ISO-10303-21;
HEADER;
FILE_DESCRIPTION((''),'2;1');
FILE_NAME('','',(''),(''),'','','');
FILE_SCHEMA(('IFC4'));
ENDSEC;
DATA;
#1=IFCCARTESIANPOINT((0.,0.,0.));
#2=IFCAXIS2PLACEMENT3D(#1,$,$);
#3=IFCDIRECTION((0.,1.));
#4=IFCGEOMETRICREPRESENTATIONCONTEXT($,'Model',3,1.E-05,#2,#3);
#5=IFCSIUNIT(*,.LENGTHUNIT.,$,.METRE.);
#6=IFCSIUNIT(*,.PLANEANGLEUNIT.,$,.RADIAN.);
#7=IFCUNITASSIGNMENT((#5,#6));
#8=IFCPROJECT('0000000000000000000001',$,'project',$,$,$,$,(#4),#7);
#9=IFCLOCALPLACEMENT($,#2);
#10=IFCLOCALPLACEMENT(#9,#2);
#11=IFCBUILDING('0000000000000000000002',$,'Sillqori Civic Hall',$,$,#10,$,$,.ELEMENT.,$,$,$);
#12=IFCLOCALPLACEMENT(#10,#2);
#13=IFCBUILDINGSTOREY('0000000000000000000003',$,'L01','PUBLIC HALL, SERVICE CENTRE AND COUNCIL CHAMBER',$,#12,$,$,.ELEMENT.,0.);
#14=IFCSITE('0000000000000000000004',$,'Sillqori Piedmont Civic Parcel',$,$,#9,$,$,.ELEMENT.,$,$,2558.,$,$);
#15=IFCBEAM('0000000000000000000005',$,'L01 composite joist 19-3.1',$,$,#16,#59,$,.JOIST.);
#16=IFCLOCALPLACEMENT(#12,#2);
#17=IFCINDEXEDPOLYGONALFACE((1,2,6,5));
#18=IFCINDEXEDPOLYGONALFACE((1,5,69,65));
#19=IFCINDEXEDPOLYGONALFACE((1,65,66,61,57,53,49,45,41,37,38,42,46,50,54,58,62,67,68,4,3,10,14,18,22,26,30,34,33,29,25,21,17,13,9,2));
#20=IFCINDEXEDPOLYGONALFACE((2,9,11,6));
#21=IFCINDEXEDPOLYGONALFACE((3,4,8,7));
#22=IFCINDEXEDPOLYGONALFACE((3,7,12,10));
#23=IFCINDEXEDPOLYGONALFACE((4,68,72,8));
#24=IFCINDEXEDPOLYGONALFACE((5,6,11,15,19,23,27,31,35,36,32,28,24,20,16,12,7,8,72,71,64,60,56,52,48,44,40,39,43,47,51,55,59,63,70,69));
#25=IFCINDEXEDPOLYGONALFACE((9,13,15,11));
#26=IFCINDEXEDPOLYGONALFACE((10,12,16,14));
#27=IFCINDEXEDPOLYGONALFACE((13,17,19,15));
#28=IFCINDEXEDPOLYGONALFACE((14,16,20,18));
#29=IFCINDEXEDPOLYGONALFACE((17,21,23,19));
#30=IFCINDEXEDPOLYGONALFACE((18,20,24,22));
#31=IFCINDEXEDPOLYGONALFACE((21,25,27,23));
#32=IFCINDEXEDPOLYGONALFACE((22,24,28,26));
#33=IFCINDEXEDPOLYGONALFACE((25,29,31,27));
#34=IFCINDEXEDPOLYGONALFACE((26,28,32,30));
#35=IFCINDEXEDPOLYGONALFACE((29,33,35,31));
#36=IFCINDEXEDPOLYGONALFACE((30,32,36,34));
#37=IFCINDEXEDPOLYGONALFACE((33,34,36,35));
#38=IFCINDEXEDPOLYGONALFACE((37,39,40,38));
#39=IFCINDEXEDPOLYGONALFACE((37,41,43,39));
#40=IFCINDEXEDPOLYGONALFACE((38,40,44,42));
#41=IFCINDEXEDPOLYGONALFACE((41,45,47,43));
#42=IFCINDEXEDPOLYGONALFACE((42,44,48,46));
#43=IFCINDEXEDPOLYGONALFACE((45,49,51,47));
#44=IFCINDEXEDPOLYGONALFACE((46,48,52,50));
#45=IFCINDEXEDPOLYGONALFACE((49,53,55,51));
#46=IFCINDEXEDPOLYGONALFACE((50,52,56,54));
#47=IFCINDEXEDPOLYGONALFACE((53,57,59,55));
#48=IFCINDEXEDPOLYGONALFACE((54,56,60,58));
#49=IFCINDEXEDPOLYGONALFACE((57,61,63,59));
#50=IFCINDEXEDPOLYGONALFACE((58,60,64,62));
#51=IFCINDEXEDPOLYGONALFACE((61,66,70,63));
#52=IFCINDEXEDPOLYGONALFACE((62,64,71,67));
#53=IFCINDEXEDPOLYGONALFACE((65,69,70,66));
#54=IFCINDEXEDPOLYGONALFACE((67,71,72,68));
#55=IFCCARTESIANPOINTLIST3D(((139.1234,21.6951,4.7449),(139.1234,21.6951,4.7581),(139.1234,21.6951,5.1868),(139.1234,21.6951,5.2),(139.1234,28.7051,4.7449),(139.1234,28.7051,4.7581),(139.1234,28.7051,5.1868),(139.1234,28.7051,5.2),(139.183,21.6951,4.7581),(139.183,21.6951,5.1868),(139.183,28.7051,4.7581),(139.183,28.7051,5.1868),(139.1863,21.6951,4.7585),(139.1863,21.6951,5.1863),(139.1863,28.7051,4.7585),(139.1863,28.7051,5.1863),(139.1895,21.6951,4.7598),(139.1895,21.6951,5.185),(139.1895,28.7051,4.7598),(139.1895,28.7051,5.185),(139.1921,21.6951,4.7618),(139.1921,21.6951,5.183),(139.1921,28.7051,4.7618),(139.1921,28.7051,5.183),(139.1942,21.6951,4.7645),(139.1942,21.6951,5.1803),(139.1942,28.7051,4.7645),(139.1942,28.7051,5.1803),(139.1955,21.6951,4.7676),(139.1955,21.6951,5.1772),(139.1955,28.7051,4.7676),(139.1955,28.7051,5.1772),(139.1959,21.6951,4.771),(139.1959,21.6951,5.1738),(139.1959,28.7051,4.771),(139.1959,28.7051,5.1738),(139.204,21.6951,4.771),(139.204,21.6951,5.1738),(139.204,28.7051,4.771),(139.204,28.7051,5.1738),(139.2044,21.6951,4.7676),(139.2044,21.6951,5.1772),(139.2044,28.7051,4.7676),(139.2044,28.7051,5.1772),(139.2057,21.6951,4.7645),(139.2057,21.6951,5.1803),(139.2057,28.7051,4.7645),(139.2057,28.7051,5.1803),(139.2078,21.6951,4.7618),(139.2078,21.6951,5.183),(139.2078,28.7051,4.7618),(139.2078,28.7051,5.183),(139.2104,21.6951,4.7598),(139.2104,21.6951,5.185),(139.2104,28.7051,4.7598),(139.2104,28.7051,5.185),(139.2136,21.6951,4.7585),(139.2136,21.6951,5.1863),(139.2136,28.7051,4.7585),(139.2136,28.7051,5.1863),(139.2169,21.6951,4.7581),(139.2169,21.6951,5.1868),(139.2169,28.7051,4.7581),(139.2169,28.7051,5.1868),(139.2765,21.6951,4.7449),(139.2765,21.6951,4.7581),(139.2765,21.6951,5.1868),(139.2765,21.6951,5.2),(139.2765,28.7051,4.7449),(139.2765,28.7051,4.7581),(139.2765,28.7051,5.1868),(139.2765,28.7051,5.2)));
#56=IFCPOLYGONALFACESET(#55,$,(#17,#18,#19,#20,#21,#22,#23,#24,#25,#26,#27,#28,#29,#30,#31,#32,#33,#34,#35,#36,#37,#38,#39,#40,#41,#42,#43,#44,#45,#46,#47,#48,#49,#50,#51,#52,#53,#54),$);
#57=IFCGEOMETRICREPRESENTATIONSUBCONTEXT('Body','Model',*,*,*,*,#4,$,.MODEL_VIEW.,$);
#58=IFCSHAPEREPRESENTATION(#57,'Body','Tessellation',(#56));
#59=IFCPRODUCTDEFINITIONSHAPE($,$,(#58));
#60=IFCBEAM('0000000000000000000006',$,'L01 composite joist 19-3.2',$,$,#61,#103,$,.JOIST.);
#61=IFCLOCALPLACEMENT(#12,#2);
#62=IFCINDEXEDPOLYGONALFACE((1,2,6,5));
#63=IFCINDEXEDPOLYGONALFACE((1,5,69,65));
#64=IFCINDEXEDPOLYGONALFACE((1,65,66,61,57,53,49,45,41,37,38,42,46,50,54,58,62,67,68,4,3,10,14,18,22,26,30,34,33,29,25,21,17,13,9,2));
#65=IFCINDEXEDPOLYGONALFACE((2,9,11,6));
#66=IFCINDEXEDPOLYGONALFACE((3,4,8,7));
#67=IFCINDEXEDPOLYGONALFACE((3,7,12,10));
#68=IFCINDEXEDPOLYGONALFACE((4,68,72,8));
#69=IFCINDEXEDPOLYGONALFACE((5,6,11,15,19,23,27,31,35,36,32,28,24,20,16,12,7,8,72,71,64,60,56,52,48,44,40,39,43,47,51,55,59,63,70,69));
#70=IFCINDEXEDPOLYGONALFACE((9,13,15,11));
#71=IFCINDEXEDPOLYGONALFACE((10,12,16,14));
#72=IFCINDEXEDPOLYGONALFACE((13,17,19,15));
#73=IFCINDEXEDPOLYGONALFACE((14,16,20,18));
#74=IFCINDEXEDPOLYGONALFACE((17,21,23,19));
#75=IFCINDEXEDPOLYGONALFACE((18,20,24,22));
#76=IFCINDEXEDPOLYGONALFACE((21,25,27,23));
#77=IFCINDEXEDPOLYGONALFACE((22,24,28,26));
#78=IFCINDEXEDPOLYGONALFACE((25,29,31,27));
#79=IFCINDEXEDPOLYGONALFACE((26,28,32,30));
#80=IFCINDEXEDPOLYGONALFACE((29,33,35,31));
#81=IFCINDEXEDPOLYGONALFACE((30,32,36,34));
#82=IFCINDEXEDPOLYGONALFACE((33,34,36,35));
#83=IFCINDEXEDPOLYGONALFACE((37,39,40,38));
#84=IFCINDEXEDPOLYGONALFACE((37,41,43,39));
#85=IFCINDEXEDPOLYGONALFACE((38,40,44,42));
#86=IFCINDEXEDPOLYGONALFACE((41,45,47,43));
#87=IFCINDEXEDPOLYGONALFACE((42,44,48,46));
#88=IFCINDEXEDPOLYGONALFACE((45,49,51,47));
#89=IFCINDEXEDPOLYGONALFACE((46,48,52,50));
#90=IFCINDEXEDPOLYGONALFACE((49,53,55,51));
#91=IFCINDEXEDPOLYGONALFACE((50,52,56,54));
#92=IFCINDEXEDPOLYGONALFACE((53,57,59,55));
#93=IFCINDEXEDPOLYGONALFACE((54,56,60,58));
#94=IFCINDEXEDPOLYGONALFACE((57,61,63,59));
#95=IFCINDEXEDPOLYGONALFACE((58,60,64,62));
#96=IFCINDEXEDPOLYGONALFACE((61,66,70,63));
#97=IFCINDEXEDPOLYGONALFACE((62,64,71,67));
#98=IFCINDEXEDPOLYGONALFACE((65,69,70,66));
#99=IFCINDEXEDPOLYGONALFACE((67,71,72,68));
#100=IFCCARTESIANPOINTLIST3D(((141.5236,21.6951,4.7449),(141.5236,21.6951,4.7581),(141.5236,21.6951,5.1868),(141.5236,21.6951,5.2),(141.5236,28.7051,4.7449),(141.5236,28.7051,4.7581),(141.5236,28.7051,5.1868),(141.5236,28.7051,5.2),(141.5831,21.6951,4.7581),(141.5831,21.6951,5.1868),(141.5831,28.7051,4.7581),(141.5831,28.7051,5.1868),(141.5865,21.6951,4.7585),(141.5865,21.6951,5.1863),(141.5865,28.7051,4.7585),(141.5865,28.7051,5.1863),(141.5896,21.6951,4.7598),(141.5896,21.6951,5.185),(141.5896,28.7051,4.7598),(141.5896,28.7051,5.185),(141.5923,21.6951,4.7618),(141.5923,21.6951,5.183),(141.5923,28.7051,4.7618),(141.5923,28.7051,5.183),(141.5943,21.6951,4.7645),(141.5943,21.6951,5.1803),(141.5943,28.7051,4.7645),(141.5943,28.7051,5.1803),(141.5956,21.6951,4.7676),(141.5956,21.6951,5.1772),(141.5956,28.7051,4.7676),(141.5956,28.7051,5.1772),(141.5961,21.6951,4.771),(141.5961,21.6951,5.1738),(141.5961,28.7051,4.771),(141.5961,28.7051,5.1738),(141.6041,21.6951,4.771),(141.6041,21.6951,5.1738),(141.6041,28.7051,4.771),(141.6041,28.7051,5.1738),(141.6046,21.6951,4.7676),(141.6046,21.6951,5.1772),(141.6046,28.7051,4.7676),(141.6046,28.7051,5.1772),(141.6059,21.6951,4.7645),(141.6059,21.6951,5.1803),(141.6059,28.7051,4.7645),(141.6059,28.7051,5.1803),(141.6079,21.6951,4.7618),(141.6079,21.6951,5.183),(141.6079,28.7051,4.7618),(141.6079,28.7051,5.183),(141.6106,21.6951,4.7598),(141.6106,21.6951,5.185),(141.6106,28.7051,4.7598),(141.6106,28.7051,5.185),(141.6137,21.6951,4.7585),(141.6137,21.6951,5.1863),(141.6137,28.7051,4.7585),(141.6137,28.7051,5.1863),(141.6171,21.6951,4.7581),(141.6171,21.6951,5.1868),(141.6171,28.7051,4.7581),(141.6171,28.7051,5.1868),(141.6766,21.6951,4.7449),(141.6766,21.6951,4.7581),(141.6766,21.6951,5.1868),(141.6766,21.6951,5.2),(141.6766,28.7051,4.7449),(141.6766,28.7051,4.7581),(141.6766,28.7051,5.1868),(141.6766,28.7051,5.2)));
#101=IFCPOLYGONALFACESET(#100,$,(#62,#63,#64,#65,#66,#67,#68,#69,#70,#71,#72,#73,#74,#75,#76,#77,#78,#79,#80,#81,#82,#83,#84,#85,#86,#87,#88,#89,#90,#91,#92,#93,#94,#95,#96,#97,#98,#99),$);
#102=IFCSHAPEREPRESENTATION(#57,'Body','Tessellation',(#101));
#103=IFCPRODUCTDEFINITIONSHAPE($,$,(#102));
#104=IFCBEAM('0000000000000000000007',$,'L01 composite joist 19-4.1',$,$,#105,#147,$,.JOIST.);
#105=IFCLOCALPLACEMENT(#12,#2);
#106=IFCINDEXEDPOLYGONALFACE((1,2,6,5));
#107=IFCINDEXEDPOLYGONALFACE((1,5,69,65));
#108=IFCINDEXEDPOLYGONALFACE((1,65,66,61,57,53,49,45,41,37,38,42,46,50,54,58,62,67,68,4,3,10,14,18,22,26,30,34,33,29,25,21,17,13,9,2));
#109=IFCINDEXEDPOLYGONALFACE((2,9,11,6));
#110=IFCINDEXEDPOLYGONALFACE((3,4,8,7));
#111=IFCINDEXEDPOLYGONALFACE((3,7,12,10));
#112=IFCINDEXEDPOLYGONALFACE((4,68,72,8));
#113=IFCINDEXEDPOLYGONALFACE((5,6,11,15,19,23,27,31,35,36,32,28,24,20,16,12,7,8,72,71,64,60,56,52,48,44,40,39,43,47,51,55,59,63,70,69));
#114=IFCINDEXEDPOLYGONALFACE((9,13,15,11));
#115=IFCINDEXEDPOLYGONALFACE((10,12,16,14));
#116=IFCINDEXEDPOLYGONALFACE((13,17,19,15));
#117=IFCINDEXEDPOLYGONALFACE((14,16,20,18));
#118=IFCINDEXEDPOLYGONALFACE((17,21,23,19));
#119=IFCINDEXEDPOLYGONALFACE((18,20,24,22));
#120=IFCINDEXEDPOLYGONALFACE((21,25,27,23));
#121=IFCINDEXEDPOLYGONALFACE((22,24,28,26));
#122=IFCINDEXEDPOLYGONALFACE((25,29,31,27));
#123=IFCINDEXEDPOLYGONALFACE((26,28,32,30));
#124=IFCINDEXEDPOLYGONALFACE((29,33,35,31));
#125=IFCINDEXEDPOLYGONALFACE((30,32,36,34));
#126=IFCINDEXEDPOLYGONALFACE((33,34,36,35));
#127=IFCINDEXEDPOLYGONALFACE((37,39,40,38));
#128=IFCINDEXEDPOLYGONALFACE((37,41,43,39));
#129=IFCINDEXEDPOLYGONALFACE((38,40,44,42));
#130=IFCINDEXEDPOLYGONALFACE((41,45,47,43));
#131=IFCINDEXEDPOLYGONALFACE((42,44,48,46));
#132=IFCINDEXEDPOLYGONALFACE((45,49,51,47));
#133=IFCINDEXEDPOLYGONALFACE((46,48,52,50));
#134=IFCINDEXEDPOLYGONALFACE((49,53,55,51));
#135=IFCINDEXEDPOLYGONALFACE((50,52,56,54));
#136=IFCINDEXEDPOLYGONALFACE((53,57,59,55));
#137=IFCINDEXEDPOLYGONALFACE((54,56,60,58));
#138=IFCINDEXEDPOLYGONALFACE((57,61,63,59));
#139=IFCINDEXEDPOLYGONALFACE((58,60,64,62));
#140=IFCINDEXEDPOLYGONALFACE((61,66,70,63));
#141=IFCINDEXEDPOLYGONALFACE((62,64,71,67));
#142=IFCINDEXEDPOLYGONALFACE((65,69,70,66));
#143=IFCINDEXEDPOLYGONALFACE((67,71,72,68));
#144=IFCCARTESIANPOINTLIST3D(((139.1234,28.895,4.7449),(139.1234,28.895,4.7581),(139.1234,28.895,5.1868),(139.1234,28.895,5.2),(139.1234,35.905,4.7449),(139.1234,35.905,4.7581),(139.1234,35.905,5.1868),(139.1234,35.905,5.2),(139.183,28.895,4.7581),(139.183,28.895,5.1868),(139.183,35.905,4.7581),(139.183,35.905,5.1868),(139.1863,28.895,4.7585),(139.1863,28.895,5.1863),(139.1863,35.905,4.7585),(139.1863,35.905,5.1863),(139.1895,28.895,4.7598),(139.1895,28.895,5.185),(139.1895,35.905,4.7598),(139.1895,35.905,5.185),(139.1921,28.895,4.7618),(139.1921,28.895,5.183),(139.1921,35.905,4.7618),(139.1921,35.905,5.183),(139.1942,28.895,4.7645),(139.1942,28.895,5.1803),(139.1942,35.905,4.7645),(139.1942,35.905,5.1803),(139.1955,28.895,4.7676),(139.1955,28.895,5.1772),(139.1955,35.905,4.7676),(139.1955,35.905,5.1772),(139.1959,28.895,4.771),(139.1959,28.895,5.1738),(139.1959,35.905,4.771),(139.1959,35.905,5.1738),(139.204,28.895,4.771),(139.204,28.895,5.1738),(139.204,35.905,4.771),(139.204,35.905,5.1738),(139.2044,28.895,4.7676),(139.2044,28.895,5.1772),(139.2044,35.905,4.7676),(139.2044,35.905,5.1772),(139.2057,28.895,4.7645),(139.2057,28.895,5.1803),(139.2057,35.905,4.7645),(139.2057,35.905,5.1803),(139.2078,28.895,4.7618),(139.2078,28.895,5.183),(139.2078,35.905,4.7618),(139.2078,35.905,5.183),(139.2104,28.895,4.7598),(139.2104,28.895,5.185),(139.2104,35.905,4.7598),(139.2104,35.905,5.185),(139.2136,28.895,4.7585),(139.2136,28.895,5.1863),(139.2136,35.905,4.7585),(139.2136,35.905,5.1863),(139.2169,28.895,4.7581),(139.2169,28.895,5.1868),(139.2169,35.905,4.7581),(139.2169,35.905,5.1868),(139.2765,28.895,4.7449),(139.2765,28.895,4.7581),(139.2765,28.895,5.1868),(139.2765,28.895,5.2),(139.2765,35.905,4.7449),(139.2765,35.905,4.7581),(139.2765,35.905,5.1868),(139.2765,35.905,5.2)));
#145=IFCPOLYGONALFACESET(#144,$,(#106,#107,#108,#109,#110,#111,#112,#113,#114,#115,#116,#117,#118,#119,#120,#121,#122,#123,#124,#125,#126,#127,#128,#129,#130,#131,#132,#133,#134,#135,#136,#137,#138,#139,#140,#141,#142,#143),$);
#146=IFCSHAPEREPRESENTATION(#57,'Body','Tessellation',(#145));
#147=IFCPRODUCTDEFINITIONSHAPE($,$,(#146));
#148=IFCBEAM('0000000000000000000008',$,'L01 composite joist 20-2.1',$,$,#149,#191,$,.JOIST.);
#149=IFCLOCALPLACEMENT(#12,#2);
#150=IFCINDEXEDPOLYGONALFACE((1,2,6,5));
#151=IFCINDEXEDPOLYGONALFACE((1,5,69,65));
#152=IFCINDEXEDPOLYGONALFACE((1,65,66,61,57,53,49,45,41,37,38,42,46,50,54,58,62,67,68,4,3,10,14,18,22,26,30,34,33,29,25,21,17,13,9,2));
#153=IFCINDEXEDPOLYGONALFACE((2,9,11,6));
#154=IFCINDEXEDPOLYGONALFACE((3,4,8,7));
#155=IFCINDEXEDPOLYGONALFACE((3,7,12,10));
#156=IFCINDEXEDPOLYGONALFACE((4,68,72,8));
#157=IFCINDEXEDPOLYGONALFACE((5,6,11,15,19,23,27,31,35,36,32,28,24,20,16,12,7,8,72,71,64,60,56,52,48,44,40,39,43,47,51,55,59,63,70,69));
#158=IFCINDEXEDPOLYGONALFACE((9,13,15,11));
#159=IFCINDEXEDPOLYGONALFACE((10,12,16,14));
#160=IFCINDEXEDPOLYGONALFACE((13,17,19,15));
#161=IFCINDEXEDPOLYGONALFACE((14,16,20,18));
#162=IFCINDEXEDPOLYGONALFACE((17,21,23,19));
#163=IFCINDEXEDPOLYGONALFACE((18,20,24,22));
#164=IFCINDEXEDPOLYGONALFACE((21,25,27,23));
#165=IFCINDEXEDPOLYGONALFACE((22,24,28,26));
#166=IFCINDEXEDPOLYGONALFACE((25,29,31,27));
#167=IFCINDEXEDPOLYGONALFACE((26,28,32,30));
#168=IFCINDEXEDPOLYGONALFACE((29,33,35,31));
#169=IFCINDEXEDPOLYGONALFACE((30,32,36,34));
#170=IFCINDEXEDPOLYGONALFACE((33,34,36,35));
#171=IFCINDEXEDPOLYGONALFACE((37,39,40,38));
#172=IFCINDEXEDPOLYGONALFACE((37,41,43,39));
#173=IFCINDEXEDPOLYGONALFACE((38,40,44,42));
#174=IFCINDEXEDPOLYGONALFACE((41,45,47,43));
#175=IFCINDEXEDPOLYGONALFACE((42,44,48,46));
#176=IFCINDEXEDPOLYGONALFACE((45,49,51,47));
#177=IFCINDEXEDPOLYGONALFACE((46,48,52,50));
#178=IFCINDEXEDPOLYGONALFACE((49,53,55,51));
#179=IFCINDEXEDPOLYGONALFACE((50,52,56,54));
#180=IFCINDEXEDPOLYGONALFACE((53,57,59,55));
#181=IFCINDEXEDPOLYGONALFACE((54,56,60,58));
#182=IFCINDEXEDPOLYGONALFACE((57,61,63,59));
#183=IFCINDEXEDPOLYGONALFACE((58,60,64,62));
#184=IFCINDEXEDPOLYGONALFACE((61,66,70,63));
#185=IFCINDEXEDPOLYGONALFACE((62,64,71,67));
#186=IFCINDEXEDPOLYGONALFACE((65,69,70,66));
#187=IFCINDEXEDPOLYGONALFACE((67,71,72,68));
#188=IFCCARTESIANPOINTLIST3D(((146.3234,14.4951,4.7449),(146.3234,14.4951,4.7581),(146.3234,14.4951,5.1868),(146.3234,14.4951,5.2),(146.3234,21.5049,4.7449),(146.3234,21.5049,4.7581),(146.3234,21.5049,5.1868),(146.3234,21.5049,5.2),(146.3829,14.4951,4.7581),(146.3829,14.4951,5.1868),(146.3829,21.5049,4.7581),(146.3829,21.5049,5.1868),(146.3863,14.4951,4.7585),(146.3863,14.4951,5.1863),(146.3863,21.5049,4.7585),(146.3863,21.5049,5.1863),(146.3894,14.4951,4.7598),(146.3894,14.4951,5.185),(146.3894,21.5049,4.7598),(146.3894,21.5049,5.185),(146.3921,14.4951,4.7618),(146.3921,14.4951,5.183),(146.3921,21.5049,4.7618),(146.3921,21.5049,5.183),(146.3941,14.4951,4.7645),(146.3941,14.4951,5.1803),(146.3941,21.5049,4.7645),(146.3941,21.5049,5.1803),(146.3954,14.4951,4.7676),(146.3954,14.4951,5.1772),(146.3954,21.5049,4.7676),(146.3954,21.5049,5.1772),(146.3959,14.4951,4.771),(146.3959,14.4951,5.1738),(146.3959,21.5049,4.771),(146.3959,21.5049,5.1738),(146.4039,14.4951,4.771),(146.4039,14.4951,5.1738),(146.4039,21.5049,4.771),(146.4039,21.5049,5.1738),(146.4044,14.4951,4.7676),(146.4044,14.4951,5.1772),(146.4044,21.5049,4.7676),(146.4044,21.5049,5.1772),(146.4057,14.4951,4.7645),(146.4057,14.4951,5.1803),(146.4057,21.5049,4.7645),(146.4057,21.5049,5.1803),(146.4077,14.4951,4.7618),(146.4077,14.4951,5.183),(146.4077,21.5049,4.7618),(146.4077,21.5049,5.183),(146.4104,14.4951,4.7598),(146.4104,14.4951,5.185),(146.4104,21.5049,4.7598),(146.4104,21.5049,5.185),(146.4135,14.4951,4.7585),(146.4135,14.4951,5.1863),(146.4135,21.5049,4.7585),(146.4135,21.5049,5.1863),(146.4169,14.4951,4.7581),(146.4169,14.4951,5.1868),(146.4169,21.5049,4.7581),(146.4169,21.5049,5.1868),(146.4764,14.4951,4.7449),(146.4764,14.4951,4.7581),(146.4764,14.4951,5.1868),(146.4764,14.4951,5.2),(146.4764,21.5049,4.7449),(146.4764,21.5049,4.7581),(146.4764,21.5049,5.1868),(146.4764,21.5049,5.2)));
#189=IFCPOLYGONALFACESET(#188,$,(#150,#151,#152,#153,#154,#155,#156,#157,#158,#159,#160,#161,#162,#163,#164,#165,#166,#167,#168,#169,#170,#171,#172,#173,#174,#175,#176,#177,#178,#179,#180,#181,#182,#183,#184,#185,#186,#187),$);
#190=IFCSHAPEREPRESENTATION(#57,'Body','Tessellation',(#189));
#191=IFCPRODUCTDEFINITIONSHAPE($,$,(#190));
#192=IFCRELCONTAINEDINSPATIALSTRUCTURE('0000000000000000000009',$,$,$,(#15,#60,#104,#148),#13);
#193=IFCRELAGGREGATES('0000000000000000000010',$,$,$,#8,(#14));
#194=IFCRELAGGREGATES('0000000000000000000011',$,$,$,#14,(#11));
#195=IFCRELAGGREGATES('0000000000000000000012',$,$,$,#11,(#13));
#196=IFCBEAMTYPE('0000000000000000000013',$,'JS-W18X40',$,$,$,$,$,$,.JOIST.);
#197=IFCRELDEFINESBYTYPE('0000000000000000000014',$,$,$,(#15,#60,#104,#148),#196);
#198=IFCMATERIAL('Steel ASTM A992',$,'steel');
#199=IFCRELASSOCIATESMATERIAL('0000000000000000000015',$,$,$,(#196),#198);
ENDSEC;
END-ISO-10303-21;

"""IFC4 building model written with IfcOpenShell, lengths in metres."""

from ifc_helpers import new_model, si_unit, direction, frame, origin, origin_2d, place, context, subcontext, project, spatial, i_section, extrude, material, material_profile, profile_set, type_object, element, save


model = new_model("IFC4")

# Units and contexts
model_context = context("Model", 3, precision=1e-05, world=origin(), true_north=direction((0.0, 1.0)))
body_context = subcontext(model_context, "Body", "Model", "MODEL_VIEW")
ifc_project = project(units=[si_unit("LENGTHUNIT", "METRE"), si_unit("PLANEANGLEUNIT", "RADIAN")], contexts=[model_context])

# Site, building, storey
site_placement = place(None, origin())
site = spatial("IfcSite", under=ifc_project, at=site_placement, Name="Sillqori Piedmont Civic Parcel", CompositionType="ELEMENT", RefElevation=2558.0)
building_placement = place(site_placement, origin())
building = spatial("IfcBuilding", under=site, at=building_placement, Name="Sillqori Civic Hall", CompositionType="ELEMENT")
storey_placement = place(building_placement, origin())
storey = spatial("IfcBuildingStorey", under=building, at=storey_placement, Name="L01", Description="PUBLIC HALL, SERVICE CENTRE AND COUNCIL CHAMBER", CompositionType="ELEMENT", Elevation=0.0)

# Shared definitions
ifc_material_1 = material(Name="Steel ASTM A992", Category="steel")

# Beams
ifc_material_profile_1 = material_profile(ifc_material_1, i_section(OverallWidth=0.1531, OverallDepth=0.4551, WebThickness=0.0081, FlangeThickness=0.0132, FilletRadius=0.0129, at=origin_2d()), Name="W18X40")
ifc_profile_set_1 = profile_set([ifc_material_profile_1], Name="Steel ASTM A992")
beam_type_1 = type_object("IfcBeamType", Name="JS-W18X40", PredefinedType="JOIST", material=ifc_profile_set_1)
for number, where, z_axis, x_axis, name in (
    (1, (139.2, 21.6951, 4.9724), (0.0, 1.0, 0.0), (-1.0, 0.0, 0.0), "L01 composite joist 19-3.1"),
    (2, (141.6001, 21.6951, 4.9724), (0.0, 1.0, 0.0), (-1.0, 0.0, 0.0), "L01 composite joist 19-3.2"),
    (3, (139.2, 28.895, 4.9724), (0.0, 1.0, 0.0), (-1.0, 0.0, 0.0), "L01 composite joist 19-4.1"),
):
    element("IfcBeam", number, at=place(storey_placement, frame(where, z_axis=z_axis, x_axis=x_axis)), inside=storey, type_object=beam_type_1, Name=name, PredefinedType="JOIST", context=body_context, shape_type="SweptSolid", body=[
        extrude(i_section(OverallWidth=0.1531, OverallDepth=0.4551, WebThickness=0.0081, FlangeThickness=0.0132, FilletRadius=0.0129, at=origin_2d()), origin(), (0.0, 0.0, 1.0), 7.01),
    ])
beam_1_placement = place(storey_placement, frame((146.3999, 14.4951, 4.9724), z_axis=(0.0, 1.0, 0.0), x_axis=(-1.0, 0.0, 0.0)))
element("IfcBeam", 4, at=beam_1_placement, inside=storey, type_object=beam_type_1, Name="L01 composite joist 20-2.1", PredefinedType="JOIST", context=body_context, shape_type="SweptSolid", body=[
    extrude(i_section(OverallWidth=0.1531, OverallDepth=0.4551, WebThickness=0.0081, FlangeThickness=0.0132, FilletRadius=0.0129, at=origin_2d()), origin(), (0.0, 0.0, 1.0), 7.0098),
])

save(model, "model.ifc")
